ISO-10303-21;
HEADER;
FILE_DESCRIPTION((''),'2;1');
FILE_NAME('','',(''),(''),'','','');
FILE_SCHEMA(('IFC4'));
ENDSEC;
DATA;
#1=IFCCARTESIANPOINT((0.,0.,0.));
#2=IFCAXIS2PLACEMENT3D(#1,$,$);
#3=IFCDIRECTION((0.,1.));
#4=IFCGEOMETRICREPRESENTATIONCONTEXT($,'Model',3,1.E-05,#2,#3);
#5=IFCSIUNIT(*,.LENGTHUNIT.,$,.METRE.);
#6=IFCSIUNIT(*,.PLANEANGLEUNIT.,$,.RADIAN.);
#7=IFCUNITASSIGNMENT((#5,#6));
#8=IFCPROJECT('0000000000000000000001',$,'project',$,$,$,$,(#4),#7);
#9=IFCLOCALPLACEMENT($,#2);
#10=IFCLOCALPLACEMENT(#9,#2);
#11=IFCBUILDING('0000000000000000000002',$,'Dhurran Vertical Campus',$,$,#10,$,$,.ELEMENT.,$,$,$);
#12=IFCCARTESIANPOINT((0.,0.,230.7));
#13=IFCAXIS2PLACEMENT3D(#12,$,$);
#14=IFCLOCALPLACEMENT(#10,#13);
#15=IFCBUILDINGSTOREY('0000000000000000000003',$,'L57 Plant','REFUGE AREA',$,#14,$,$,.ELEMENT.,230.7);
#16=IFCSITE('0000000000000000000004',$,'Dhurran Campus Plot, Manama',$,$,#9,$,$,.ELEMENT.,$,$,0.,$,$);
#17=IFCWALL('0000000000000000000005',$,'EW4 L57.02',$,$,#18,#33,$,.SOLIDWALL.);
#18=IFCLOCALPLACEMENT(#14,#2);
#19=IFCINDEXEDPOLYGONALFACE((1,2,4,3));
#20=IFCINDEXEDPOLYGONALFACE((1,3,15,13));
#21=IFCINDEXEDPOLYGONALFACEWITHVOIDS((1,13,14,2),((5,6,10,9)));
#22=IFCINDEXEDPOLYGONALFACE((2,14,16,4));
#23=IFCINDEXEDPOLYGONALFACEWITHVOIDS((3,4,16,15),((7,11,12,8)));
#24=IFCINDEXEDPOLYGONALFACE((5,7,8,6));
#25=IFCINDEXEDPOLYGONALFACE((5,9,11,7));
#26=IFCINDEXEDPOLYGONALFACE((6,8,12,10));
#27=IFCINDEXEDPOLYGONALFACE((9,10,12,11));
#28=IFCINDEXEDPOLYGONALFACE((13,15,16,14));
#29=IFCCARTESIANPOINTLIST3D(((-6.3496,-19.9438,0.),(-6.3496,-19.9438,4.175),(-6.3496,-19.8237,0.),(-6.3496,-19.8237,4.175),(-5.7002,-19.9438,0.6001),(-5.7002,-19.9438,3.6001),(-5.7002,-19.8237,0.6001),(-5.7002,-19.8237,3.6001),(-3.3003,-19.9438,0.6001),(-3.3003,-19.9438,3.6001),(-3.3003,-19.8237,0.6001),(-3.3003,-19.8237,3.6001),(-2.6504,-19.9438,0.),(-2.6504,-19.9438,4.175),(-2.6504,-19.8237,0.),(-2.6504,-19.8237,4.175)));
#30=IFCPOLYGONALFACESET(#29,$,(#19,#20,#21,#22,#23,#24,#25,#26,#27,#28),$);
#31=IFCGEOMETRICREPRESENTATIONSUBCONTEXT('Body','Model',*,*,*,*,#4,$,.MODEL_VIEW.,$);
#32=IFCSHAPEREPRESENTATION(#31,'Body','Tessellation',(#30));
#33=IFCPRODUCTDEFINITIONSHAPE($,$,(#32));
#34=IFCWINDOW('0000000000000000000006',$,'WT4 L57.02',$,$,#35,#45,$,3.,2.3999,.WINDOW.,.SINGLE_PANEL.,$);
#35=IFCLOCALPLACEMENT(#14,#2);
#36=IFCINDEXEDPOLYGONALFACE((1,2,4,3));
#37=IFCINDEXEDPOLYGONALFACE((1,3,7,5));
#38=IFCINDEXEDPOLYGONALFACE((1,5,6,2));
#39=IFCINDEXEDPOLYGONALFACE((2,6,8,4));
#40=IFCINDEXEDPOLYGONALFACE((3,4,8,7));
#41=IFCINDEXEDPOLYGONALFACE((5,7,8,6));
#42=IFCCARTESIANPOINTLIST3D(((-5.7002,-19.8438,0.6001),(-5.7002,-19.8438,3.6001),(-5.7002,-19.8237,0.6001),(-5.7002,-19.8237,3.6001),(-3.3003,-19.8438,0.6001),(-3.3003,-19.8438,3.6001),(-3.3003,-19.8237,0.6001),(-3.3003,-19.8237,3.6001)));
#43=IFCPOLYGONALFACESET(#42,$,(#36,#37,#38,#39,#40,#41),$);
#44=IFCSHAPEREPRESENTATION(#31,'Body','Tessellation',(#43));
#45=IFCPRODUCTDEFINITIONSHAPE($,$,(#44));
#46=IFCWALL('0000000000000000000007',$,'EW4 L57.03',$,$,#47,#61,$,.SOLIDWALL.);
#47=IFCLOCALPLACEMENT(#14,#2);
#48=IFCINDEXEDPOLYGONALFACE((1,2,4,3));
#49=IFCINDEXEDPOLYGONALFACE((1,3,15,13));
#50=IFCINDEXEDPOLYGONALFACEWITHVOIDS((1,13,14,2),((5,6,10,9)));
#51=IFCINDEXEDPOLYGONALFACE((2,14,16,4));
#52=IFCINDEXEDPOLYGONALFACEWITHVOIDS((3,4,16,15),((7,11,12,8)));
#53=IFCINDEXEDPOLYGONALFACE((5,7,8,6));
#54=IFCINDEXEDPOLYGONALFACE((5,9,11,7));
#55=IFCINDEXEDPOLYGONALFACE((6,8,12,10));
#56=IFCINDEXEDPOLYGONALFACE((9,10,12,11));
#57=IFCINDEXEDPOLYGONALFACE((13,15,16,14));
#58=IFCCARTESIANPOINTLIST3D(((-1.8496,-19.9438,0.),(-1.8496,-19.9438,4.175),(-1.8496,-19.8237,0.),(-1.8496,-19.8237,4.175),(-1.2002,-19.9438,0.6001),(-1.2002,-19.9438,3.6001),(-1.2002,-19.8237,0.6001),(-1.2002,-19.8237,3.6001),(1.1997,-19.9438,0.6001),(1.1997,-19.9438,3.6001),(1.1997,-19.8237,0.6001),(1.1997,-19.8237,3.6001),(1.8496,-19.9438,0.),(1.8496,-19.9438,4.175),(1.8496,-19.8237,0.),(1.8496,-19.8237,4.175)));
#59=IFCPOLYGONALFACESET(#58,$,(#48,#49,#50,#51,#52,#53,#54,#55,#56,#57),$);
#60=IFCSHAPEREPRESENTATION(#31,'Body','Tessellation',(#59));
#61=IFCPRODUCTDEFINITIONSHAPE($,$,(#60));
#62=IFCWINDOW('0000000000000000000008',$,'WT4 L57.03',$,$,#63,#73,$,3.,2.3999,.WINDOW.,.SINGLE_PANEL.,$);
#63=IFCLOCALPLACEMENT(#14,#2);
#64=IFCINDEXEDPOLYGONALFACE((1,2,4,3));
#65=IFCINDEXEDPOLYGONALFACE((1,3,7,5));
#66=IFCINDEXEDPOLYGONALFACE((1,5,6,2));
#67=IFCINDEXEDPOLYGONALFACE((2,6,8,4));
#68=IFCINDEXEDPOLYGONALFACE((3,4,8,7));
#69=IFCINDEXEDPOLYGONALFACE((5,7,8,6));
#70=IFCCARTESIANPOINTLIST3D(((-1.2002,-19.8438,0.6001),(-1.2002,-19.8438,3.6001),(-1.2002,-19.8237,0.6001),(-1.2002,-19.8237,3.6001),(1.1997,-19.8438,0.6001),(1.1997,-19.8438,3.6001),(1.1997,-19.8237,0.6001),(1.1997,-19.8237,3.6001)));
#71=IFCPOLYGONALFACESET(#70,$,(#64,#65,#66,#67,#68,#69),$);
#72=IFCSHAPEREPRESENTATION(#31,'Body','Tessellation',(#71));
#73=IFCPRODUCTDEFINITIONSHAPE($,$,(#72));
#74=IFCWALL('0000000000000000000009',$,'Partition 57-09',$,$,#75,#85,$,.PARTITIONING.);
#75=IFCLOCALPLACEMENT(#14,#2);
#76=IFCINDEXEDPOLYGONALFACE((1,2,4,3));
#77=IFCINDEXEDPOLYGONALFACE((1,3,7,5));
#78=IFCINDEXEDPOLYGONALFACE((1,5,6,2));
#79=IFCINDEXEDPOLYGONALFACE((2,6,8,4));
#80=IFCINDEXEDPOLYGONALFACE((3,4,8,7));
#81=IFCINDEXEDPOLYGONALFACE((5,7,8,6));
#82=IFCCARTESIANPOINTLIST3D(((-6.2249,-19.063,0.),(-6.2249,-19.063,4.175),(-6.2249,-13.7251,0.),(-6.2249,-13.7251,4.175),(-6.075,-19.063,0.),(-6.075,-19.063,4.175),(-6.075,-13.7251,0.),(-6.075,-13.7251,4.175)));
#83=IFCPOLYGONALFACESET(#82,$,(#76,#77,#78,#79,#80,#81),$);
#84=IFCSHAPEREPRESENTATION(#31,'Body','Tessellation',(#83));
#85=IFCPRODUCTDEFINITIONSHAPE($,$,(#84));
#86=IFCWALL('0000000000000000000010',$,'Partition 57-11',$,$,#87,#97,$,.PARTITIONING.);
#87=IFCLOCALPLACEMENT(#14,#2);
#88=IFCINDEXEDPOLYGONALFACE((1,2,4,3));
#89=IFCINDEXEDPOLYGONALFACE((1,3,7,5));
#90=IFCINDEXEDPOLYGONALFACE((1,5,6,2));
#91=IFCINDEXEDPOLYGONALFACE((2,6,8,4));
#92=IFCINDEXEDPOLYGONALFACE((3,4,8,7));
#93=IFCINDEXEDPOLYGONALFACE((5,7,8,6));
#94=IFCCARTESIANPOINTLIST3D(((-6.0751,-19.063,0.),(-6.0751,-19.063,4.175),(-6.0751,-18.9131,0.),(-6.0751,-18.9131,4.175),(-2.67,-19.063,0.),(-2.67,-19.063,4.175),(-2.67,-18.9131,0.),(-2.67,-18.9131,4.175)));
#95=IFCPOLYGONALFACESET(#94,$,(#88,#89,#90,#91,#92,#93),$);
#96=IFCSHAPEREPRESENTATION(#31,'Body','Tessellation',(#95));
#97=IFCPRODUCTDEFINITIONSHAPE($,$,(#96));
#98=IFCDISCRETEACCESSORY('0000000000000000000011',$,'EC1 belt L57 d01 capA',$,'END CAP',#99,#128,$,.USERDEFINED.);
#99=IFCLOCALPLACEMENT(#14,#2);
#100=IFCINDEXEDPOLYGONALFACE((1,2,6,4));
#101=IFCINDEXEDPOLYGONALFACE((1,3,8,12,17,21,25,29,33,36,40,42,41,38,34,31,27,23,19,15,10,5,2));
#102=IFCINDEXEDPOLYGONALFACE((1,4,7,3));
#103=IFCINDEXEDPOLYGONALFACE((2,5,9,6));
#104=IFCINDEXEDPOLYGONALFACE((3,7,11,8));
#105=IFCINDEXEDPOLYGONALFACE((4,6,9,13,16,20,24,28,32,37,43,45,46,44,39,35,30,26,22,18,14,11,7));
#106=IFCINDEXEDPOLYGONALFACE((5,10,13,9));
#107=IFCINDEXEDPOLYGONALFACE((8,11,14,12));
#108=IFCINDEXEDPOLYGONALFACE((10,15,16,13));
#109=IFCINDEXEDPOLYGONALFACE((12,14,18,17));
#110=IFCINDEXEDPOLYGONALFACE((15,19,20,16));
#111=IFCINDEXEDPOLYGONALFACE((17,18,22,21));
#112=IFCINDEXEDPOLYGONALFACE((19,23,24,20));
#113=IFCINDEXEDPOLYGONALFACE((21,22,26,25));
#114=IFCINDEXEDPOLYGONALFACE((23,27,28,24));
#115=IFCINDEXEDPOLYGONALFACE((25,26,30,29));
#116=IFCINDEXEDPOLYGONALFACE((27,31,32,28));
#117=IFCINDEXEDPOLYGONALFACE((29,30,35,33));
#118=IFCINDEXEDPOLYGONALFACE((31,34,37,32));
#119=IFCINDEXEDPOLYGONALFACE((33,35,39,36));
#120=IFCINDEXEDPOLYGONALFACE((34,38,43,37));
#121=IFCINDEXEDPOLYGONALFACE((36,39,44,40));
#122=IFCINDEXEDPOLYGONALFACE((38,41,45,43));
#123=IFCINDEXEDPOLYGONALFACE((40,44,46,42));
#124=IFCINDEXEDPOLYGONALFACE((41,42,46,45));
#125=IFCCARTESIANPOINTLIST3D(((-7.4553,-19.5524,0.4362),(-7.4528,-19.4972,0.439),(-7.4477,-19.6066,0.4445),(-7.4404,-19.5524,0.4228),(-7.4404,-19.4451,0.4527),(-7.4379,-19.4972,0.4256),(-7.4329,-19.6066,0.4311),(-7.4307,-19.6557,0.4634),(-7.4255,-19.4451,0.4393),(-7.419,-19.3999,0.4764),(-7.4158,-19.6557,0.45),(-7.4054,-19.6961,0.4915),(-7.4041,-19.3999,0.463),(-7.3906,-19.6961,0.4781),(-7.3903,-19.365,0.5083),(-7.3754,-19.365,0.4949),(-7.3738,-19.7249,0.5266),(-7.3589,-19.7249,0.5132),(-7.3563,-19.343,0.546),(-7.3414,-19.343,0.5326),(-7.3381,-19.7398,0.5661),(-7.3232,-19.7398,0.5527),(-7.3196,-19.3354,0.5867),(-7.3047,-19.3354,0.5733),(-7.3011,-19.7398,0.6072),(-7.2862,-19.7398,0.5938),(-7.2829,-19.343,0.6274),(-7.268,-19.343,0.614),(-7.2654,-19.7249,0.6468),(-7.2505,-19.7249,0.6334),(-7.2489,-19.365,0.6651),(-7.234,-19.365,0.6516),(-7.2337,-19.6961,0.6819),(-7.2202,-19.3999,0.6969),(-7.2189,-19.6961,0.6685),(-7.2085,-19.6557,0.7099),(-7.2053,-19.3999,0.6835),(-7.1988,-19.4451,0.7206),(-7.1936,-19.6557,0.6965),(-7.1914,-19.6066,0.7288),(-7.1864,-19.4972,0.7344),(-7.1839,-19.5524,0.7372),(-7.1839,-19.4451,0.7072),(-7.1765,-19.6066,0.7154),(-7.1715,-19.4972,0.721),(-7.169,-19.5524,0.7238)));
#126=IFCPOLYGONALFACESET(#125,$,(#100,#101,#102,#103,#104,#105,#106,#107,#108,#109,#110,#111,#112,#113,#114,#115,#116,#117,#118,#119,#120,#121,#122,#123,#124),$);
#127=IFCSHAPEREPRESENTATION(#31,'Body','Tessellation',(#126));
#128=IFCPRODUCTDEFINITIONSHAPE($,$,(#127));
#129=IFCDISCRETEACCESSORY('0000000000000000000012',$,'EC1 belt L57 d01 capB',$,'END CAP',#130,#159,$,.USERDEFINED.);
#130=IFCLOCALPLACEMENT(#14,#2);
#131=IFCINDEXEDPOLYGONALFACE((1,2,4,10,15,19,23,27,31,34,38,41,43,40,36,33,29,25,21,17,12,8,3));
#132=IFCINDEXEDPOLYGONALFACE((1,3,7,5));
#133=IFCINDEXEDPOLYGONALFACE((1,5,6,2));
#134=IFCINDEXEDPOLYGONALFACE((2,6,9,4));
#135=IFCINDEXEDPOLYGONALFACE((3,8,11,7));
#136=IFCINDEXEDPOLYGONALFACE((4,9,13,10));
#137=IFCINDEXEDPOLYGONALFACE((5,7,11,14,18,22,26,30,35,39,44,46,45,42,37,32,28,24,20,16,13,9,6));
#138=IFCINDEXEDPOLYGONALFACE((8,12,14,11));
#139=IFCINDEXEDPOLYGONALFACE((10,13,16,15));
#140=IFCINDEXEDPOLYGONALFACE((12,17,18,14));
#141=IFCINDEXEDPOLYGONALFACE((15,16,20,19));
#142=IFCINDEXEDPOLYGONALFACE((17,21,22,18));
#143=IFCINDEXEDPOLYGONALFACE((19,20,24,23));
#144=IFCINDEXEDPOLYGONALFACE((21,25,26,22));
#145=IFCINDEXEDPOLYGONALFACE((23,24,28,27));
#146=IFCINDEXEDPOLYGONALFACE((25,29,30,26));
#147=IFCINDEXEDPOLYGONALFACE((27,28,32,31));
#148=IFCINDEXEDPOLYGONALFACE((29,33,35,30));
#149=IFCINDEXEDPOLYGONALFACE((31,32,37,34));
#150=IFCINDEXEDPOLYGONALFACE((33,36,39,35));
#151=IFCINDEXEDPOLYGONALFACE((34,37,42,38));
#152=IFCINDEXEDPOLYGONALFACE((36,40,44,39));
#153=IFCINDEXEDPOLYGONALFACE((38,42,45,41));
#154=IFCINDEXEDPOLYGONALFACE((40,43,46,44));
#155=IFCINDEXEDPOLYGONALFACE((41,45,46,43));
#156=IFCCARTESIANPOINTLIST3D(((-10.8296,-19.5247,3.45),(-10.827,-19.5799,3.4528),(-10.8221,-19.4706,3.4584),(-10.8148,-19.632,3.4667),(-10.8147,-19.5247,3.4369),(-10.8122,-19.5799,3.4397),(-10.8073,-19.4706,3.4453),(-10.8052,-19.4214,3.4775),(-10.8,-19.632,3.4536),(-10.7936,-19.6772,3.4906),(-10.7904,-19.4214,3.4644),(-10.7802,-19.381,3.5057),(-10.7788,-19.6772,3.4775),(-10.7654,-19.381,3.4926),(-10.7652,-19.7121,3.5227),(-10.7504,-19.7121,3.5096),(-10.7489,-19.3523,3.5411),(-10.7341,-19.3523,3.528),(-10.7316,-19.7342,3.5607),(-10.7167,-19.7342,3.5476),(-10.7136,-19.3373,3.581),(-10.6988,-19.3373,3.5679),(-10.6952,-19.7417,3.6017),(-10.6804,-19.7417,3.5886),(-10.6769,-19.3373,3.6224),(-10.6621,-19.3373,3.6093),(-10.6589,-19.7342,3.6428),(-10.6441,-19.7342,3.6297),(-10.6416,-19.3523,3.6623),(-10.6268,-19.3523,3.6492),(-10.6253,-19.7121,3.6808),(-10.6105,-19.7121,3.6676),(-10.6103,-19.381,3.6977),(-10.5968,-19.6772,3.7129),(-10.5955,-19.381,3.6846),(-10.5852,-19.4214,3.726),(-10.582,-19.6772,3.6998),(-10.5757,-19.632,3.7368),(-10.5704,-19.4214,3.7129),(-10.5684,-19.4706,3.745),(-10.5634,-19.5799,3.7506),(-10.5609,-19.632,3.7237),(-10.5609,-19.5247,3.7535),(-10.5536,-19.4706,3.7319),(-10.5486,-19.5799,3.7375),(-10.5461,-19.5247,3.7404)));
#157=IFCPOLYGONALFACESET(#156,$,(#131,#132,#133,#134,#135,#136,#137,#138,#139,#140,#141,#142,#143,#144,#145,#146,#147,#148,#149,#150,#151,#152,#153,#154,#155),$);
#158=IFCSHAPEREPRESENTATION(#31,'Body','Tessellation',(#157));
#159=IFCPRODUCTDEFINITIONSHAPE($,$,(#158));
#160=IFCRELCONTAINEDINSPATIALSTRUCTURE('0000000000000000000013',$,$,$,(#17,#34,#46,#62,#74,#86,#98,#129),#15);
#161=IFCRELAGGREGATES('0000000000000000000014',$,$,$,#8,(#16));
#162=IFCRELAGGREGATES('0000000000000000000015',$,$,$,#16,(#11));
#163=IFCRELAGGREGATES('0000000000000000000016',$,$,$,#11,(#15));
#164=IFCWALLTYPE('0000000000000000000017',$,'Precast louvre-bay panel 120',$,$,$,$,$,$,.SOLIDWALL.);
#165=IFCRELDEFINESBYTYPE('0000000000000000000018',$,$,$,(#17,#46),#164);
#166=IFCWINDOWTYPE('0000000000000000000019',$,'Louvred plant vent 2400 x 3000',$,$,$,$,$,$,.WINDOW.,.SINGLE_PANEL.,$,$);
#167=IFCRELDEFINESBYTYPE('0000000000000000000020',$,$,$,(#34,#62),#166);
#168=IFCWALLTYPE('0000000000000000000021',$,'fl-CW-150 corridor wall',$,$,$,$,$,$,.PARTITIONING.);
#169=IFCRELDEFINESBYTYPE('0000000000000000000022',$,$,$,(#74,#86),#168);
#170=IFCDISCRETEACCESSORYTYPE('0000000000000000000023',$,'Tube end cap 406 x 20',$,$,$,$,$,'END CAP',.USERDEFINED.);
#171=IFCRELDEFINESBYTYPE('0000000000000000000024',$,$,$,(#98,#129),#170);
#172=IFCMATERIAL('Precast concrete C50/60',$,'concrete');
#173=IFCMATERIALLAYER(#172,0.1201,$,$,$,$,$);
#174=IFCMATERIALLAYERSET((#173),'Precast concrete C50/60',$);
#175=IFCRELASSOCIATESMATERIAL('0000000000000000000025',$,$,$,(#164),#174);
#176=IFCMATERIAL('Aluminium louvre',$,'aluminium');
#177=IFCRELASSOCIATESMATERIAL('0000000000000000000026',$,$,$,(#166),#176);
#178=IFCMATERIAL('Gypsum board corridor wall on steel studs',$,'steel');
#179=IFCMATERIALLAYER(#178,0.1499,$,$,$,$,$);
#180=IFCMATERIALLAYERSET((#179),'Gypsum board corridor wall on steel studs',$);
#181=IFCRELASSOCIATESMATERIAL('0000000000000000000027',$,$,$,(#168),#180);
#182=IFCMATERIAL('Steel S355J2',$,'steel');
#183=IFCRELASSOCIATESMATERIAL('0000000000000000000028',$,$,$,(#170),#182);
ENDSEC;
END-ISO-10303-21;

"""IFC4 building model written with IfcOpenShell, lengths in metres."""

from ifc_helpers import new_model, si_unit, direction, frame, frame_2d, origin, origin_2d, place, context, subcontext, project, spatial, rectangle, circle, extrude, material, layer, layer_set, material_profile, profile_set, type_object, element, fill, save


model = new_model("IFC4")

# Units and contexts
model_context = context("Model", 3, precision=1e-05, world=origin(), true_north=direction((0.0, 1.0)))
body_context = subcontext(model_context, "Body", "Model", "MODEL_VIEW")
ifc_project = project(units=[si_unit("LENGTHUNIT", "METRE"), si_unit("PLANEANGLEUNIT", "RADIAN")], contexts=[model_context])

# Site, building, storey
site_placement = place(None, origin())
site = spatial("IfcSite", under=ifc_project, at=site_placement, Name="Dhurran Campus Plot, Manama", CompositionType="ELEMENT", RefElevation=0.0)
building_placement = place(site_placement, origin())
building = spatial("IfcBuilding", under=site, at=building_placement, Name="Dhurran Vertical Campus", CompositionType="ELEMENT")
storey_placement = place(building_placement, frame((0.0, 0.0, 230.7)))
storey = spatial("IfcBuildingStorey", under=building, at=storey_placement, Name="L57 Plant", Description="REFUGE AREA", CompositionType="ELEMENT", Elevation=230.7)

# Walls, openings, windows
ifc_material_1 = material(Name="Precast concrete C50/60", Category="concrete")
ifc_layer_1 = layer(ifc_material_1, 0.1201)
ifc_layer_set_1 = layer_set([ifc_layer_1], Name="Precast concrete C50/60")
wall_type_1 = type_object("IfcWallType", Name="Precast louvre-bay panel 120", PredefinedType="SOLIDWALL", material=ifc_layer_set_1)
ifc_material_2 = material(Name="Aluminium louvre", Category="aluminium")
window_type = type_object("IfcWindowType", Name="Louvred plant vent 2400 x 3000", PartitioningType="SINGLE_PANEL", PredefinedType="WINDOW", material=ifc_material_2)
wall_1_placement = place(storey_placement, frame((-6.3496, -19.8838, 0.0), z_axis=(0.0, 0.0, 1.0), x_axis=(1.0, 0.0, 0.0)))
wall_1 = element("IfcWall", 1, at=wall_1_placement, inside=storey, type_object=wall_type_1, Name="EW4 L57.02", PredefinedType="SOLIDWALL", context=body_context, shape_type="SweptSolid", body=[
    extrude(rectangle(XDim=3.6992, YDim=0.1201, at=frame_2d((1.8496, 0.0))), origin(), (0.0, 0.0, 1.0), 4.175),
])
opening_1_placement = place(wall_1_placement, frame((0.6494, 0.0, 0.6001)))
opening_1 = element("IfcOpeningElement", 2, at=opening_1_placement, cuts=wall_1, PredefinedType="OPENING", context=body_context, shape_type="SweptSolid", body=[
    extrude(rectangle(XDim=2.3999, YDim=3.0, at=frame_2d((1.2, 1.5))), frame((0.0, 0.0701, 0.0), z_axis=(0.0, -1.0, 0.0), x_axis=(1.0, 0.0, 0.0)), (0.0, 0.0, 1.0), 0.1401),
])
window_1_placement = place(opening_1_placement, origin())
window_1 = element("IfcWindow", 3, at=window_1_placement, inside=storey, type_object=window_type, Name="WT4 L57.02", OverallHeight=3.0, OverallWidth=2.3999, PartitioningType="SINGLE_PANEL", PredefinedType="WINDOW", context=body_context, shape_type="SweptSolid", body=[
    extrude(rectangle(XDim=2.3999, YDim=3.0, at=frame_2d((1.2, 1.5))), frame((0.0, 0.0601, 0.0), z_axis=(0.0, -1.0, 0.0), x_axis=(1.0, 0.0, 0.0)), (0.0, 0.0, 1.0), 0.02),
])
fill(opening_1, window_1)
wall_2_placement = place(storey_placement, frame((-1.8496, -19.8838, 0.0), z_axis=(0.0, 0.0, 1.0), x_axis=(1.0, 0.0, 0.0)))
wall_2 = element("IfcWall", 4, at=wall_2_placement, inside=storey, type_object=wall_type_1, Name="EW4 L57.03", PredefinedType="SOLIDWALL", context=body_context, shape_type="SweptSolid", body=[
    extrude(rectangle(XDim=3.6992, YDim=0.1201, at=frame_2d((1.8496, 0.0))), origin(), (0.0, 0.0, 1.0), 4.175),
])
opening_2_placement = place(wall_2_placement, frame((0.6494, 0.0, 0.6001)))
opening_2 = element("IfcOpeningElement", 5, at=opening_2_placement, cuts=wall_2, PredefinedType="OPENING", context=body_context, shape_type="SweptSolid", body=[
    extrude(rectangle(XDim=2.3999, YDim=3.0, at=frame_2d((1.2, 1.5))), frame((0.0, 0.0701, 0.0), z_axis=(0.0, -1.0, 0.0), x_axis=(1.0, 0.0, 0.0)), (0.0, 0.0, 1.0), 0.1401),
])
window_2_placement = place(opening_2_placement, origin())
window_2 = element("IfcWindow", 6, at=window_2_placement, inside=storey, type_object=window_type, Name="WT4 L57.03", OverallHeight=3.0, OverallWidth=2.3999, PartitioningType="SINGLE_PANEL", PredefinedType="WINDOW", context=body_context, shape_type="SweptSolid", body=[
    extrude(rectangle(XDim=2.3999, YDim=3.0, at=frame_2d((1.2, 1.5))), frame((0.0, 0.0601, 0.0), z_axis=(0.0, -1.0, 0.0), x_axis=(1.0, 0.0, 0.0)), (0.0, 0.0, 1.0), 0.02),
])
fill(opening_2, window_2)

# Walls
ifc_material_3 = material(Name="Gypsum board corridor wall on steel studs", Category="steel")
ifc_layer_2 = layer(ifc_material_3, 0.1499)
ifc_layer_set_2 = layer_set([ifc_layer_2], Name="Gypsum board corridor wall on steel studs")
wall_type_2 = type_object("IfcWallType", Name="fl-CW-150 corridor wall", PredefinedType="PARTITIONING", material=ifc_layer_set_2)
wall_3_placement = place(storey_placement, frame((-6.1499, -19.063, 0.0), z_axis=(0.0, 0.0, 1.0), x_axis=(0.0, 1.0, 0.0)))
element("IfcWall", 7, at=wall_3_placement, inside=storey, type_object=wall_type_2, Name="Partition 57-09", PredefinedType="PARTITIONING", context=body_context, shape_type="SweptSolid", body=[
    extrude(rectangle(XDim=5.3379, YDim=0.1499, at=frame_2d((2.6689, 0.0))), origin(), (0.0, 0.0, 1.0), 4.175),
])
wall_4_placement = place(storey_placement, frame((-2.6699, -18.988, 0.0), z_axis=(0.0, 0.0, 1.0), x_axis=(-1.0, 0.0, 0.0)))
element("IfcWall", 8, at=wall_4_placement, inside=storey, type_object=wall_type_2, Name="Partition 57-11", PredefinedType="PARTITIONING", context=body_context, shape_type="SweptSolid", body=[
    extrude(rectangle(XDim=3.405, YDim=0.1499, at=frame_2d((1.7026, 0.0))), origin(), (0.0, 0.0, 1.0), 4.175),
])

# Discrete accessories
ifc_material_4 = material(Name="Steel S355J2", Category="steel")
ifc_material_profile_1 = material_profile(ifc_material_4, circle(Radius=0.2031, at=origin_2d()), Name="Tube end cap 406 x 20")
ifc_profile_set_1 = profile_set([ifc_material_profile_1], Name="Steel S355J2")
discrete_accessory_type_1 = type_object("IfcDiscreteAccessoryType", Name="Tube end cap 406 x 20", ElementType="END CAP", PredefinedType="USERDEFINED", material=ifc_profile_set_1)
discrete_accessory_1_placement = place(storey_placement, frame((-7.3196, -19.5386, 0.5867), z_axis=(0.742688, 0.0, -0.669637), x_axis=(0.0, 1.0, 0.0)))
element("IfcDiscreteAccessory", 9, at=discrete_accessory_1_placement, inside=storey, type_object=discrete_accessory_type_1, Name="EC1 belt L57 d01 capA", ObjectType="END CAP", PredefinedType="USERDEFINED", context=body_context, shape_type="SweptSolid", body=[
    extrude(circle(Radius=0.2031, at=origin_2d()), origin(), (0.0, 0.0, 1.0), 0.02),
])
discrete_accessory_2_placement = place(storey_placement, frame((-10.6804, -19.5386, 3.5886), z_axis=(-0.748762, 0.0, 0.662839), x_axis=(0.0, -1.0, 0.0)))
element("IfcDiscreteAccessory", 10, at=discrete_accessory_2_placement, inside=storey, type_object=discrete_accessory_type_1, Name="EC1 belt L57 d01 capB", ObjectType="END CAP", PredefinedType="USERDEFINED", context=body_context, shape_type="SweptSolid", body=[
    extrude(circle(Radius=0.2031, at=origin_2d()), origin(), (0.0, 0.0, 1.0), 0.0198),
])

save(model, "model.ifc")
